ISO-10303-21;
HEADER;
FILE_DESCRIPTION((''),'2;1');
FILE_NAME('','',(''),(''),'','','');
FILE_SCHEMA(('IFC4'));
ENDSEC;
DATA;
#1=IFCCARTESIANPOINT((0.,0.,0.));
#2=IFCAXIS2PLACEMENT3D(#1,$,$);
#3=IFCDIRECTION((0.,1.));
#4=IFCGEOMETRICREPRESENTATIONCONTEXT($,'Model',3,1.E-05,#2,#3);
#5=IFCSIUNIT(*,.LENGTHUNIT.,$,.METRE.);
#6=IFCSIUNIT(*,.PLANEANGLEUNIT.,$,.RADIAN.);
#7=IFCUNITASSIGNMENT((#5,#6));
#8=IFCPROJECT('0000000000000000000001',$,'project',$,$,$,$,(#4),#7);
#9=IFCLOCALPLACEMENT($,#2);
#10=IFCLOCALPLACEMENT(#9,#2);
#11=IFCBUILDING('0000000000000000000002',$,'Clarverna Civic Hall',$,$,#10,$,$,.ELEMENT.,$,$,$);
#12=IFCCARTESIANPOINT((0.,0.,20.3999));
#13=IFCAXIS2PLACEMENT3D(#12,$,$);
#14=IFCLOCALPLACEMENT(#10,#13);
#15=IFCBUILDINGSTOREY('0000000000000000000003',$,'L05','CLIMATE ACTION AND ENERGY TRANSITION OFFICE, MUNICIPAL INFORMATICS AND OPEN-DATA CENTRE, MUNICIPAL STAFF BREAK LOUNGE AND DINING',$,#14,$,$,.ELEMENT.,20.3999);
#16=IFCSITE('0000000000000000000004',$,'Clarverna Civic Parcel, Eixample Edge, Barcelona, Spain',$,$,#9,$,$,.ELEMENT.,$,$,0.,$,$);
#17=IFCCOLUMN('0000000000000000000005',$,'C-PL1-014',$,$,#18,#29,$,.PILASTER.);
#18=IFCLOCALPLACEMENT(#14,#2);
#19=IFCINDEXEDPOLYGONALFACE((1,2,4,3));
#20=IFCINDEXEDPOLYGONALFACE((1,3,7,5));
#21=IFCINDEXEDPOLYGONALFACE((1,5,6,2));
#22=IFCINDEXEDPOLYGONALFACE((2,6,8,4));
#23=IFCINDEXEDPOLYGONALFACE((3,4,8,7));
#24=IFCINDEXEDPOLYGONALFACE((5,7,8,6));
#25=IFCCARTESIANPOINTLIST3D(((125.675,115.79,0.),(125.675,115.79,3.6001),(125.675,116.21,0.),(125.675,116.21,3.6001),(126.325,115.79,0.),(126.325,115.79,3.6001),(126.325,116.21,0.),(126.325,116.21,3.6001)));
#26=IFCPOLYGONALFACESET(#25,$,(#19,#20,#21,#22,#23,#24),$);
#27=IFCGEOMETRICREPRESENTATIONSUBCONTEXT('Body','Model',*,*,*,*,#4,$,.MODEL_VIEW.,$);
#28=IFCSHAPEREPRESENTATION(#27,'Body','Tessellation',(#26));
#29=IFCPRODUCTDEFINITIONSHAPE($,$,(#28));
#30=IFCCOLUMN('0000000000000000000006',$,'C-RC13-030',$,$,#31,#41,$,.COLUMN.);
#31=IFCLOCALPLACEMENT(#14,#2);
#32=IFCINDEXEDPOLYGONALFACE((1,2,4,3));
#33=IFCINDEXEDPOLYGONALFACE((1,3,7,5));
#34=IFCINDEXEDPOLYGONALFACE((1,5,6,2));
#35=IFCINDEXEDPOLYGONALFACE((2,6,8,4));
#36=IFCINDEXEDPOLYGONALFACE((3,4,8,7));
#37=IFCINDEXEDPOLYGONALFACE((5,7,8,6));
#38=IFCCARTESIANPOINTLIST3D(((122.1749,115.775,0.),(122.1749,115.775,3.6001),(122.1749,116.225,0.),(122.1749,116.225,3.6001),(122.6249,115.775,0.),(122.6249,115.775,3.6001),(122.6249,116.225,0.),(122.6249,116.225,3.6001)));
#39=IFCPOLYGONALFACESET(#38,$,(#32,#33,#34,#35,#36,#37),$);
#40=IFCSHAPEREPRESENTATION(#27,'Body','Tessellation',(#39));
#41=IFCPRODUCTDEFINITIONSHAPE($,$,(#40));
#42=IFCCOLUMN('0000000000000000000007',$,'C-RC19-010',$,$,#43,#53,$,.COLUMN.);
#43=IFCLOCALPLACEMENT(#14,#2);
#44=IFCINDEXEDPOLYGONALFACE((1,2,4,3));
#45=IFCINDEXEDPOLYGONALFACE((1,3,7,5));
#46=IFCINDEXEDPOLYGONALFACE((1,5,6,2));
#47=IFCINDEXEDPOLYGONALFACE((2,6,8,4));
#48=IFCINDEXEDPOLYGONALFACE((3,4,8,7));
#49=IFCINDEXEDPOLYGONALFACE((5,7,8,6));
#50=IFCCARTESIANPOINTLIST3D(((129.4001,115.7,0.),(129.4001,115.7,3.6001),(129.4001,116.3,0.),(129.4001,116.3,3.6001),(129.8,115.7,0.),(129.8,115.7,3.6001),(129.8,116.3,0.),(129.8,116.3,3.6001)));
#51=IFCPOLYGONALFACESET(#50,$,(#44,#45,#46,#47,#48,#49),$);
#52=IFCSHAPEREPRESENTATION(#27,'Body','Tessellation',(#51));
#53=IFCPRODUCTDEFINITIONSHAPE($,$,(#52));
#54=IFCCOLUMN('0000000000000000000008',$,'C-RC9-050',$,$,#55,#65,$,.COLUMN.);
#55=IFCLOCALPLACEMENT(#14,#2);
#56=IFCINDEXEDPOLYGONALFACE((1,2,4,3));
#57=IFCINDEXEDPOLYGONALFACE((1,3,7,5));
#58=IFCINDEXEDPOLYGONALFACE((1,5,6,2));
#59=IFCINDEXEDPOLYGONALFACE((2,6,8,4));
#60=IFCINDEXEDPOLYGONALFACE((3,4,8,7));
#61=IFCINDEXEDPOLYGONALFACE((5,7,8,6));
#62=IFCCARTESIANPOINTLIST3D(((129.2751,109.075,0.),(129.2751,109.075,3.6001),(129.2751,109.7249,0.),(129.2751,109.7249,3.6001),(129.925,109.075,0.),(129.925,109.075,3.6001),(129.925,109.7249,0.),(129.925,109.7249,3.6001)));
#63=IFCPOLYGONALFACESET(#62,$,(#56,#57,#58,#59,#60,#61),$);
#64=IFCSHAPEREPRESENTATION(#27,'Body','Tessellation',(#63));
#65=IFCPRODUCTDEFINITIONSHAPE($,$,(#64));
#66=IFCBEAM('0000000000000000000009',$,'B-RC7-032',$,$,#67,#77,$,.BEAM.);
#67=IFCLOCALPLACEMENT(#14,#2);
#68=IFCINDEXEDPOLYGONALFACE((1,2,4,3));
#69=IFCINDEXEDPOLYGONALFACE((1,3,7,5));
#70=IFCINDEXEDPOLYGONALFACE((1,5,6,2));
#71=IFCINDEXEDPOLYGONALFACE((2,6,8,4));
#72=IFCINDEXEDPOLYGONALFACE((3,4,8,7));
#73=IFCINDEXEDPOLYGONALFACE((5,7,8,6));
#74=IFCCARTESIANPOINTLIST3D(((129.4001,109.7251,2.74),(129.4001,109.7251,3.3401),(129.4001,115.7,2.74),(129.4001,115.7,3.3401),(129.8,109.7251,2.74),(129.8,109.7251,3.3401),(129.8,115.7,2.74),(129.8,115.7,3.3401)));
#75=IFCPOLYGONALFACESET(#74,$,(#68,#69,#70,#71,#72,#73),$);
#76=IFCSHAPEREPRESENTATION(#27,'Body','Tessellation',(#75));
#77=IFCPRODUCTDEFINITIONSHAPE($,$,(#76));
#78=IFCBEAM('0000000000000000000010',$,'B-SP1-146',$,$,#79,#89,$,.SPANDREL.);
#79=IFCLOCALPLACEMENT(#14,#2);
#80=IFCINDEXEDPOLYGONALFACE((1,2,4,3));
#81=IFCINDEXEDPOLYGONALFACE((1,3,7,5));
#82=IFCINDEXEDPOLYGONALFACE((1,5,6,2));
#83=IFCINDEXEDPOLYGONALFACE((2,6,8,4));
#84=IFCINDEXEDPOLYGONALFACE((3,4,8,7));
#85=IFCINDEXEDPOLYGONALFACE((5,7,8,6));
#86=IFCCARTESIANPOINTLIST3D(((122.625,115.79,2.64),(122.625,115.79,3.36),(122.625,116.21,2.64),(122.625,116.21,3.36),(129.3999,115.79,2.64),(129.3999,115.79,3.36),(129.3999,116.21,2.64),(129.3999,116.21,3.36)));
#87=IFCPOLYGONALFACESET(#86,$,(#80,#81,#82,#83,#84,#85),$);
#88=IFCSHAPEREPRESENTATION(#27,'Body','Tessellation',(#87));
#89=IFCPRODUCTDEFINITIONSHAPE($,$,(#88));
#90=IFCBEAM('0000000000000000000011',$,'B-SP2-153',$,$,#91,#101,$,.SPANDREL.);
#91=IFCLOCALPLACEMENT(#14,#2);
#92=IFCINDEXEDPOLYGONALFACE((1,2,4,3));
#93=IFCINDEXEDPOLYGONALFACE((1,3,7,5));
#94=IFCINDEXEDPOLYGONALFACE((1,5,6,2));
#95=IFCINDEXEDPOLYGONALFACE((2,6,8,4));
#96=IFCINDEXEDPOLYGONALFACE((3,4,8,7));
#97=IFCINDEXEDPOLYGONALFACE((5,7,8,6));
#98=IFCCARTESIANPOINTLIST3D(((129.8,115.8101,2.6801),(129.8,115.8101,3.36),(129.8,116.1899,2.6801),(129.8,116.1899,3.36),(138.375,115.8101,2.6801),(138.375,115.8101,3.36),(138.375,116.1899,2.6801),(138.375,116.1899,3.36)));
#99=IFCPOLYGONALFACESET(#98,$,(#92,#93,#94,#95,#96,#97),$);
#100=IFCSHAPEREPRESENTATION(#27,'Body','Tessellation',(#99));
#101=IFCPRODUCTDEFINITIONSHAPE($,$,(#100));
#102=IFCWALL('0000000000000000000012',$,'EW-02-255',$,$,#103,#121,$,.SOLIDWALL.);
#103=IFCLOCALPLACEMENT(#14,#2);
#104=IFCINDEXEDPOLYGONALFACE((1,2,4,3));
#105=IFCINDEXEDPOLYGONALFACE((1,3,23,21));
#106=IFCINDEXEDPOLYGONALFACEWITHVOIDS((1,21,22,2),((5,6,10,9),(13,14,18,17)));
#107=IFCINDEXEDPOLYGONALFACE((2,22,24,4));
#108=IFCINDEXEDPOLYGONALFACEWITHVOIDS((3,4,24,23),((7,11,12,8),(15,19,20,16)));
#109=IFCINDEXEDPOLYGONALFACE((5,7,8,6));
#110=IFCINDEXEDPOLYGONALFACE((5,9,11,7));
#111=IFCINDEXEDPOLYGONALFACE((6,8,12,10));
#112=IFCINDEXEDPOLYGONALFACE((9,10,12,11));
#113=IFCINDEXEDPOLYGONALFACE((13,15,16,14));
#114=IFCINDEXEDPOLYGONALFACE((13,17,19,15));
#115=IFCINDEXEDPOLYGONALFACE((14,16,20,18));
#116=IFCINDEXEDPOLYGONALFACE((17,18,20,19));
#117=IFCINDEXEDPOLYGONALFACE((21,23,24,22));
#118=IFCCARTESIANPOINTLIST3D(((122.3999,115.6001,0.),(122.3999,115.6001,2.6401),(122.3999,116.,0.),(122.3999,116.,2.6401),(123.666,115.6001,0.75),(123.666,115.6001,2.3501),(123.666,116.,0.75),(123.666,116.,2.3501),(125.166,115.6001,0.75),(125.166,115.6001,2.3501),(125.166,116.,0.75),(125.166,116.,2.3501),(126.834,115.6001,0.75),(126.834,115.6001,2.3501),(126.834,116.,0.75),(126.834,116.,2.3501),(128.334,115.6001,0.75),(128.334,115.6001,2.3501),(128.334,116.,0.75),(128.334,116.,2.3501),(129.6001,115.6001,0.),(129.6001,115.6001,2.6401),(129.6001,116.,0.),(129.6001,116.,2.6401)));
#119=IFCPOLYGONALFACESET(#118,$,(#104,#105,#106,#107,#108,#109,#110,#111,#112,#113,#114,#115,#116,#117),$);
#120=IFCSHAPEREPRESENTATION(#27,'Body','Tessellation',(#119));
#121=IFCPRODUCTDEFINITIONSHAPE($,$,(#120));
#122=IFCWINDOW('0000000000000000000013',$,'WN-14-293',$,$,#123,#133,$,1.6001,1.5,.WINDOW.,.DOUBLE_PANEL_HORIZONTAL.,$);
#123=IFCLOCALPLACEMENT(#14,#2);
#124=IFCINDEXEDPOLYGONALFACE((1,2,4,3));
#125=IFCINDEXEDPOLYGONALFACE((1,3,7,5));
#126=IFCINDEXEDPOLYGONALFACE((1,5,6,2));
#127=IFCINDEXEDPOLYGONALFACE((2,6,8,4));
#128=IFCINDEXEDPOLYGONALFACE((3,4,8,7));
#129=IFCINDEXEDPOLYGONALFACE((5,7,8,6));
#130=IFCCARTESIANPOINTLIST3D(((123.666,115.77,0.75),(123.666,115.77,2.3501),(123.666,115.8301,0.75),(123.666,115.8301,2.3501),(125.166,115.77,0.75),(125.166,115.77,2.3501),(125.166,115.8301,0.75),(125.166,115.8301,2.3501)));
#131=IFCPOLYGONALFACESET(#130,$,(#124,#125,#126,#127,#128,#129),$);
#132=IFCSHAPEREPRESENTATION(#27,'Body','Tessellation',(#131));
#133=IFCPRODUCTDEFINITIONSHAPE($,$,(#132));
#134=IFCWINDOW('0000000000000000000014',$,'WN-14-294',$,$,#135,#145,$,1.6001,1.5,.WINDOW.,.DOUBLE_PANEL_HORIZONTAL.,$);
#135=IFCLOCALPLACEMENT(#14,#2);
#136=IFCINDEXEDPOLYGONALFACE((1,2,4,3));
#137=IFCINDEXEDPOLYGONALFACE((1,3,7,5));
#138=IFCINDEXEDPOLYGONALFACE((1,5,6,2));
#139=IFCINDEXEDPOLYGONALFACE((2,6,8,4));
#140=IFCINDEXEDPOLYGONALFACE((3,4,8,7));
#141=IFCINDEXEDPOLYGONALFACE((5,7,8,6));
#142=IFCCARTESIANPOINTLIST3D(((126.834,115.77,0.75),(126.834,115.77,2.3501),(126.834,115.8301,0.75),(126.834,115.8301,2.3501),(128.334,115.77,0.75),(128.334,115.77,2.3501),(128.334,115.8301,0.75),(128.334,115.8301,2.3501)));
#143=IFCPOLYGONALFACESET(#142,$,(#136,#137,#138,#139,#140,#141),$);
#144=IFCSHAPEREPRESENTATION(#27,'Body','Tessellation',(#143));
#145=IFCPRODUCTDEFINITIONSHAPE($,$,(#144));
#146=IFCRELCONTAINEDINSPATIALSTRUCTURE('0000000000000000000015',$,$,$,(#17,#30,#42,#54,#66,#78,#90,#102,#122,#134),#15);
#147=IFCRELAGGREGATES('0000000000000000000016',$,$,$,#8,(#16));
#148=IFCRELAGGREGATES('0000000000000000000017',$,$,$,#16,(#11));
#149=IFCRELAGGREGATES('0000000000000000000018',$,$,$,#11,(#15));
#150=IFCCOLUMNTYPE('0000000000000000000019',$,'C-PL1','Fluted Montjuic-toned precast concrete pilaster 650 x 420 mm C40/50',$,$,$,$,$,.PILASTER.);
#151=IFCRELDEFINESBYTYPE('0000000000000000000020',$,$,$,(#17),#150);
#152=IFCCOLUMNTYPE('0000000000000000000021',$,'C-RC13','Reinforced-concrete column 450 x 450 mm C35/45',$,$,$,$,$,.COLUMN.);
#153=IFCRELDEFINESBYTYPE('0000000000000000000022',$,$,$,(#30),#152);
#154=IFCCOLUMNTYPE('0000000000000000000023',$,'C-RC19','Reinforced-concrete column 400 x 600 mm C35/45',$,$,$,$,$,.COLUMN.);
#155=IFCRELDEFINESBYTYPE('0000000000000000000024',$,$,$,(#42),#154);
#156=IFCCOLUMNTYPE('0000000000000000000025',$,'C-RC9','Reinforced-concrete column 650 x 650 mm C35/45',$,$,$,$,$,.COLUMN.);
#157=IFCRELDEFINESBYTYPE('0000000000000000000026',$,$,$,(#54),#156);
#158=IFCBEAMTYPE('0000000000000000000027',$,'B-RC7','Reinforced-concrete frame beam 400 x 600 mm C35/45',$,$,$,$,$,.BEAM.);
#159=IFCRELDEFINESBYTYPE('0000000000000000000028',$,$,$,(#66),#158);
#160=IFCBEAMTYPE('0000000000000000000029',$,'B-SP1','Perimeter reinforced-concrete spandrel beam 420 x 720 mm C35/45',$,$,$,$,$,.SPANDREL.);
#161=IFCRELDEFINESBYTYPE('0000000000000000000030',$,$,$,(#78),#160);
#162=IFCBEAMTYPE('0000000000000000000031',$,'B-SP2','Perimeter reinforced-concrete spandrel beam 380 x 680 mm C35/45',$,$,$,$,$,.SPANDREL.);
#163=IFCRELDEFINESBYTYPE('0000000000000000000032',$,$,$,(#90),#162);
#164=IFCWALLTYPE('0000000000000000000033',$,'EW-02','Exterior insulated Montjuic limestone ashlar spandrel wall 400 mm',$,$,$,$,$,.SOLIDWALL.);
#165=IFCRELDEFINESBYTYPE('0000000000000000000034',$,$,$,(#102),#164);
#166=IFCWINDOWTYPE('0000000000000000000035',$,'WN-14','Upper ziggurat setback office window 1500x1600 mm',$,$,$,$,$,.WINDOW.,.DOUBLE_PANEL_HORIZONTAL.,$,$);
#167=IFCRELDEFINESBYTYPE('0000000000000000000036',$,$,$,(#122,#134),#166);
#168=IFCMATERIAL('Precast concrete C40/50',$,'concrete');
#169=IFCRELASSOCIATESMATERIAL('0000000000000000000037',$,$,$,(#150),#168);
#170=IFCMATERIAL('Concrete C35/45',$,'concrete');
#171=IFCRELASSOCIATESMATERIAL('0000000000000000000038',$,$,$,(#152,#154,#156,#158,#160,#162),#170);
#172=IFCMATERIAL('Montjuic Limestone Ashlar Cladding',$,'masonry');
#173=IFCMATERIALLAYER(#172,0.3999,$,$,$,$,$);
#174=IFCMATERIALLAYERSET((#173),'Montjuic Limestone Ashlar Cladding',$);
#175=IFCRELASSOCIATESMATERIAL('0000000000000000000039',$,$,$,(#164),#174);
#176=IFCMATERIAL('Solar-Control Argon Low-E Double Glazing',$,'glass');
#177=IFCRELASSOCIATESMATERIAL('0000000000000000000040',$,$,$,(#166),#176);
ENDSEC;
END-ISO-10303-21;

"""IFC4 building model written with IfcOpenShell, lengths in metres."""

from ifc_helpers import new_model, si_unit, direction, frame, frame_2d, origin, origin_2d, place, context, subcontext, project, spatial, rectangle, extrude, material, layer, layer_set, material_profile, profile_set, type_object, element, fill, save


model = new_model("IFC4")

# Units and contexts
model_context = context("Model", 3, precision=1e-05, world=origin(), true_north=direction((0.0, 1.0)))
body_context = subcontext(model_context, "Body", "Model", "MODEL_VIEW")
ifc_project = project(units=[si_unit("LENGTHUNIT", "METRE"), si_unit("PLANEANGLEUNIT", "RADIAN")], contexts=[model_context])

# Site, building, storey
site_placement = place(None, origin())
site = spatial("IfcSite", under=ifc_project, at=site_placement, Name="Clarverna Civic Parcel, Eixample Edge, Barcelona, Spain", CompositionType="ELEMENT", RefElevation=0.0)
building_placement = place(site_placement, origin())
building = spatial("IfcBuilding", under=site, at=building_placement, Name="Clarverna Civic Hall", CompositionType="ELEMENT")
storey_placement = place(building_placement, frame((0.0, 0.0, 20.3999)))
storey = spatial("IfcBuildingStorey", under=building, at=storey_placement, Name="L05", Description="CLIMATE ACTION AND ENERGY TRANSITION OFFICE, MUNICIPAL INFORMATICS AND OPEN-DATA CENTRE, MUNICIPAL STAFF BREAK LOUNGE AND DINING", CompositionType="ELEMENT", Elevation=20.3999)

# Columns
ifc_material_1 = material(Name="Precast concrete C40/50", Category="concrete")
ifc_material_profile_1 = material_profile(ifc_material_1, rectangle(XDim=0.6499, YDim=0.4199, at=origin_2d()), Name="PILASTER 650x420")
ifc_profile_set_1 = profile_set([ifc_material_profile_1], Name="Precast concrete C40/50")
column_type_1 = type_object("IfcColumnType", Name="C-PL1", Description="Fluted Montjuic-toned precast concrete pilaster 650 x 420 mm C40/50", PredefinedType="PILASTER", material=ifc_profile_set_1)
column_1_placement = place(storey_placement, frame((126.0, 116.0, 0.0), z_axis=(0.0, 0.0, 1.0), x_axis=(1.0, 0.0, 0.0)))
element("IfcColumn", 1, at=column_1_placement, inside=storey, type_object=column_type_1, Name="C-PL1-014", PredefinedType="PILASTER", context=body_context, shape_type="SweptSolid", body=[
    extrude(rectangle(XDim=0.6499, YDim=0.4199, at=origin_2d()), origin(), (0.0, 0.0, 1.0), 3.6001),
])
ifc_material_2 = material(Name="Concrete C35/45", Category="concrete")
ifc_material_profile_2 = material_profile(ifc_material_2, rectangle(XDim=0.45, YDim=0.45, at=origin_2d()), Name="RC 450x450")
ifc_profile_set_2 = profile_set([ifc_material_profile_2], Name="Concrete C35/45")
column_type_2 = type_object("IfcColumnType", Name="C-RC13", Description="Reinforced-concrete column 450 x 450 mm C35/45", PredefinedType="COLUMN", material=ifc_profile_set_2)
column_2_placement = place(storey_placement, frame((122.3999, 116.0, 0.0), z_axis=(0.0, 0.0, 1.0), x_axis=(1.0, 0.0, 0.0)))
element("IfcColumn", 2, at=column_2_placement, inside=storey, type_object=column_type_2, Name="C-RC13-030", PredefinedType="COLUMN", context=body_context, shape_type="SweptSolid", body=[
    extrude(rectangle(XDim=0.45, YDim=0.45, at=origin_2d()), origin(), (0.0, 0.0, 1.0), 3.6001),
])
ifc_material_profile_3 = material_profile(ifc_material_2, rectangle(XDim=0.3999, YDim=0.6001, at=origin_2d()), Name="RC 400x600")
ifc_profile_set_3 = profile_set([ifc_material_profile_3], Name="Concrete C35/45")
column_type_3 = type_object("IfcColumnType", Name="C-RC19", Description="Reinforced-concrete column 400 x 600 mm C35/45", PredefinedType="COLUMN", material=ifc_profile_set_3)
column_3_placement = place(storey_placement, frame((129.6001, 116.0, 0.0), z_axis=(0.0, 0.0, 1.0), x_axis=(1.0, 0.0, 0.0)))
element("IfcColumn", 3, at=column_3_placement, inside=storey, type_object=column_type_3, Name="C-RC19-010", PredefinedType="COLUMN", context=body_context, shape_type="SweptSolid", body=[
    extrude(rectangle(XDim=0.3999, YDim=0.6001, at=origin_2d()), origin(), (0.0, 0.0, 1.0), 3.6001),
])
ifc_material_profile_4 = material_profile(ifc_material_2, rectangle(XDim=0.6499, YDim=0.6499, at=origin_2d()), Name="RC 650x650")
ifc_profile_set_4 = profile_set([ifc_material_profile_4], Name="Concrete C35/45")
column_type_4 = type_object("IfcColumnType", Name="C-RC9", Description="Reinforced-concrete column 650 x 650 mm C35/45", PredefinedType="COLUMN", material=ifc_profile_set_4)
column_4_placement = place(storey_placement, frame((129.6001, 109.3999, 0.0), z_axis=(0.0, 0.0, 1.0), x_axis=(1.0, 0.0, 0.0)))
element("IfcColumn", 4, at=column_4_placement, inside=storey, type_object=column_type_4, Name="C-RC9-050", PredefinedType="COLUMN", context=body_context, shape_type="SweptSolid", body=[
    extrude(rectangle(XDim=0.6499, YDim=0.6499, at=origin_2d()), origin(), (0.0, 0.0, 1.0), 3.6001),
])

# Beams
ifc_material_profile_5 = material_profile(ifc_material_2, rectangle(XDim=0.3999, YDim=0.6001, at=origin_2d()), Name="RC 400x600")
ifc_profile_set_5 = profile_set([ifc_material_profile_5], Name="Concrete C35/45")
beam_type_1 = type_object("IfcBeamType", Name="B-RC7", Description="Reinforced-concrete frame beam 400 x 600 mm C35/45", PredefinedType="BEAM", material=ifc_profile_set_5)
beam_1_placement = place(storey_placement, frame((129.6001, 109.7251, 3.04), z_axis=(0.0, 1.0, 0.0), x_axis=(-1.0, 0.0, 0.0)))
element("IfcBeam", 5, at=beam_1_placement, inside=storey, type_object=beam_type_1, Name="B-RC7-032", PredefinedType="BEAM", context=body_context, shape_type="SweptSolid", body=[
    extrude(rectangle(XDim=0.3999, YDim=0.6001, at=origin_2d()), origin(), (0.0, 0.0, 1.0), 5.9749),
])
ifc_material_profile_6 = material_profile(ifc_material_2, rectangle(XDim=0.4199, YDim=0.72, at=origin_2d()), Name="RC 420x720")
ifc_profile_set_6 = profile_set([ifc_material_profile_6], Name="Concrete C35/45")
beam_type_2 = type_object("IfcBeamType", Name="B-SP1", Description="Perimeter reinforced-concrete spandrel beam 420 x 720 mm C35/45", PredefinedType="SPANDREL", material=ifc_profile_set_6)
beam_2_placement = place(storey_placement, frame((122.625, 116.0, 3.0), z_axis=(1.0, 0.0, 0.0), x_axis=(0.0, 1.0, 0.0)))
element("IfcBeam", 6, at=beam_2_placement, inside=storey, type_object=beam_type_2, Name="B-SP1-146", PredefinedType="SPANDREL", context=body_context, shape_type="SweptSolid", body=[
    extrude(rectangle(XDim=0.4199, YDim=0.72, at=origin_2d()), origin(), (0.0, 0.0, 1.0), 6.7749),
])
ifc_material_profile_7 = material_profile(ifc_material_2, rectangle(XDim=0.3799, YDim=0.6799, at=origin_2d()), Name="RC 380x680")
ifc_profile_set_7 = profile_set([ifc_material_profile_7], Name="Concrete C35/45")
beam_type_3 = type_object("IfcBeamType", Name="B-SP2", Description="Perimeter reinforced-concrete spandrel beam 380 x 680 mm C35/45", PredefinedType="SPANDREL", material=ifc_profile_set_7)
beam_3_placement = place(storey_placement, frame((129.8, 116.0, 3.02), z_axis=(1.0, 0.0, 0.0), x_axis=(0.0, 1.0, 0.0)))
element("IfcBeam", 7, at=beam_3_placement, inside=storey, type_object=beam_type_3, Name="B-SP2-153", PredefinedType="SPANDREL", context=body_context, shape_type="SweptSolid", body=[
    extrude(rectangle(XDim=0.3799, YDim=0.6799, at=origin_2d()), origin(), (0.0, 0.0, 1.0), 8.575),
])

# Wall, openings, windows
ifc_material_3 = material(Name="Montjuic Limestone Ashlar Cladding", Category="masonry")
ifc_layer_1 = layer(ifc_material_3, 0.3999)
ifc_layer_set_1 = layer_set([ifc_layer_1], Name="Montjuic Limestone Ashlar Cladding")
wall_type_1 = type_object("IfcWallType", Name="EW-02", Description="Exterior insulated Montjuic limestone ashlar spandrel wall 400 mm", PredefinedType="SOLIDWALL", material=ifc_layer_set_1)
wall_1_placement = place(storey_placement, frame((122.3999, 115.8, 0.0), z_axis=(0.0, 0.0, 1.0), x_axis=(1.0, 0.0, 0.0)))
wall_1 = element("IfcWall", 8, at=wall_1_placement, inside=storey, type_object=wall_type_1, Name="EW-02-255", PredefinedType="SOLIDWALL", context=body_context, shape_type="SweptSolid", body=[
    extrude(rectangle(XDim=7.2002, YDim=0.3999, at=frame_2d((3.6001, 0.0))), origin(), (0.0, 0.0, 1.0), 2.6401),
])
opening_1_placement = place(wall_1_placement, frame((1.2661, 0.0, 0.75)))
opening_1 = element("IfcOpeningElement", 9, at=opening_1_placement, cuts=wall_1, PredefinedType="OPENING", context=body_context, shape_type="SweptSolid", body=[
    extrude(rectangle(XDim=1.5, YDim=1.6001, at=frame_2d((0.75, 0.8))), frame((0.0, 0.21, 0.0), z_axis=(0.0, -1.0, 0.0), x_axis=(1.0, 0.0, 0.0)), (0.0, 0.0, 1.0), 0.4199),
])
opening_2_placement = place(wall_1_placement, frame((4.4341, 0.0, 0.75)))
opening_2 = element("IfcOpeningElement", 10, at=opening_2_placement, cuts=wall_1, PredefinedType="OPENING", context=body_context, shape_type="SweptSolid", body=[
    extrude(rectangle(XDim=1.5, YDim=1.6001, at=frame_2d((0.75, 0.8))), frame((0.0, 0.21, 0.0), z_axis=(0.0, -1.0, 0.0), x_axis=(1.0, 0.0, 0.0)), (0.0, 0.0, 1.0), 0.4199),
])
ifc_material_4 = material(Name="Solar-Control Argon Low-E Double Glazing", Category="glass")
window_type = type_object("IfcWindowType", Name="WN-14", Description="Upper ziggurat setback office window 1500x1600 mm", PartitioningType="DOUBLE_PANEL_HORIZONTAL", PredefinedType="WINDOW", material=ifc_material_4)
window_1_placement = place(opening_1_placement, origin())
window_1 = element("IfcWindow", 11, at=window_1_placement, inside=storey, type_object=window_type, Name="WN-14-293", OverallHeight=1.6001, OverallWidth=1.5, PartitioningType="DOUBLE_PANEL_HORIZONTAL", PredefinedType="WINDOW", context=body_context, shape_type="SweptSolid", body=[
    extrude(rectangle(XDim=1.5, YDim=1.6001, at=frame_2d((0.75, 0.8))), frame((0.0, 0.03, 0.0), z_axis=(0.0, -1.0, 0.0), x_axis=(1.0, 0.0, 0.0)), (0.0, 0.0, 1.0), 0.0601),
])
fill(opening_1, window_1)
window_2_placement = place(opening_2_placement, origin())
window_2 = element("IfcWindow", 12, at=window_2_placement, inside=storey, type_object=window_type, Name="WN-14-294", OverallHeight=1.6001, OverallWidth=1.5, PartitioningType="DOUBLE_PANEL_HORIZONTAL", PredefinedType="WINDOW", context=body_context, shape_type="SweptSolid", body=[
    extrude(rectangle(XDim=1.5, YDim=1.6001, at=frame_2d((0.75, 0.8))), frame((0.0, 0.03, 0.0), z_axis=(0.0, -1.0, 0.0), x_axis=(1.0, 0.0, 0.0)), (0.0, 0.0, 1.0), 0.0601),
])
fill(opening_2, window_2)

save(model, "model.ifc")
